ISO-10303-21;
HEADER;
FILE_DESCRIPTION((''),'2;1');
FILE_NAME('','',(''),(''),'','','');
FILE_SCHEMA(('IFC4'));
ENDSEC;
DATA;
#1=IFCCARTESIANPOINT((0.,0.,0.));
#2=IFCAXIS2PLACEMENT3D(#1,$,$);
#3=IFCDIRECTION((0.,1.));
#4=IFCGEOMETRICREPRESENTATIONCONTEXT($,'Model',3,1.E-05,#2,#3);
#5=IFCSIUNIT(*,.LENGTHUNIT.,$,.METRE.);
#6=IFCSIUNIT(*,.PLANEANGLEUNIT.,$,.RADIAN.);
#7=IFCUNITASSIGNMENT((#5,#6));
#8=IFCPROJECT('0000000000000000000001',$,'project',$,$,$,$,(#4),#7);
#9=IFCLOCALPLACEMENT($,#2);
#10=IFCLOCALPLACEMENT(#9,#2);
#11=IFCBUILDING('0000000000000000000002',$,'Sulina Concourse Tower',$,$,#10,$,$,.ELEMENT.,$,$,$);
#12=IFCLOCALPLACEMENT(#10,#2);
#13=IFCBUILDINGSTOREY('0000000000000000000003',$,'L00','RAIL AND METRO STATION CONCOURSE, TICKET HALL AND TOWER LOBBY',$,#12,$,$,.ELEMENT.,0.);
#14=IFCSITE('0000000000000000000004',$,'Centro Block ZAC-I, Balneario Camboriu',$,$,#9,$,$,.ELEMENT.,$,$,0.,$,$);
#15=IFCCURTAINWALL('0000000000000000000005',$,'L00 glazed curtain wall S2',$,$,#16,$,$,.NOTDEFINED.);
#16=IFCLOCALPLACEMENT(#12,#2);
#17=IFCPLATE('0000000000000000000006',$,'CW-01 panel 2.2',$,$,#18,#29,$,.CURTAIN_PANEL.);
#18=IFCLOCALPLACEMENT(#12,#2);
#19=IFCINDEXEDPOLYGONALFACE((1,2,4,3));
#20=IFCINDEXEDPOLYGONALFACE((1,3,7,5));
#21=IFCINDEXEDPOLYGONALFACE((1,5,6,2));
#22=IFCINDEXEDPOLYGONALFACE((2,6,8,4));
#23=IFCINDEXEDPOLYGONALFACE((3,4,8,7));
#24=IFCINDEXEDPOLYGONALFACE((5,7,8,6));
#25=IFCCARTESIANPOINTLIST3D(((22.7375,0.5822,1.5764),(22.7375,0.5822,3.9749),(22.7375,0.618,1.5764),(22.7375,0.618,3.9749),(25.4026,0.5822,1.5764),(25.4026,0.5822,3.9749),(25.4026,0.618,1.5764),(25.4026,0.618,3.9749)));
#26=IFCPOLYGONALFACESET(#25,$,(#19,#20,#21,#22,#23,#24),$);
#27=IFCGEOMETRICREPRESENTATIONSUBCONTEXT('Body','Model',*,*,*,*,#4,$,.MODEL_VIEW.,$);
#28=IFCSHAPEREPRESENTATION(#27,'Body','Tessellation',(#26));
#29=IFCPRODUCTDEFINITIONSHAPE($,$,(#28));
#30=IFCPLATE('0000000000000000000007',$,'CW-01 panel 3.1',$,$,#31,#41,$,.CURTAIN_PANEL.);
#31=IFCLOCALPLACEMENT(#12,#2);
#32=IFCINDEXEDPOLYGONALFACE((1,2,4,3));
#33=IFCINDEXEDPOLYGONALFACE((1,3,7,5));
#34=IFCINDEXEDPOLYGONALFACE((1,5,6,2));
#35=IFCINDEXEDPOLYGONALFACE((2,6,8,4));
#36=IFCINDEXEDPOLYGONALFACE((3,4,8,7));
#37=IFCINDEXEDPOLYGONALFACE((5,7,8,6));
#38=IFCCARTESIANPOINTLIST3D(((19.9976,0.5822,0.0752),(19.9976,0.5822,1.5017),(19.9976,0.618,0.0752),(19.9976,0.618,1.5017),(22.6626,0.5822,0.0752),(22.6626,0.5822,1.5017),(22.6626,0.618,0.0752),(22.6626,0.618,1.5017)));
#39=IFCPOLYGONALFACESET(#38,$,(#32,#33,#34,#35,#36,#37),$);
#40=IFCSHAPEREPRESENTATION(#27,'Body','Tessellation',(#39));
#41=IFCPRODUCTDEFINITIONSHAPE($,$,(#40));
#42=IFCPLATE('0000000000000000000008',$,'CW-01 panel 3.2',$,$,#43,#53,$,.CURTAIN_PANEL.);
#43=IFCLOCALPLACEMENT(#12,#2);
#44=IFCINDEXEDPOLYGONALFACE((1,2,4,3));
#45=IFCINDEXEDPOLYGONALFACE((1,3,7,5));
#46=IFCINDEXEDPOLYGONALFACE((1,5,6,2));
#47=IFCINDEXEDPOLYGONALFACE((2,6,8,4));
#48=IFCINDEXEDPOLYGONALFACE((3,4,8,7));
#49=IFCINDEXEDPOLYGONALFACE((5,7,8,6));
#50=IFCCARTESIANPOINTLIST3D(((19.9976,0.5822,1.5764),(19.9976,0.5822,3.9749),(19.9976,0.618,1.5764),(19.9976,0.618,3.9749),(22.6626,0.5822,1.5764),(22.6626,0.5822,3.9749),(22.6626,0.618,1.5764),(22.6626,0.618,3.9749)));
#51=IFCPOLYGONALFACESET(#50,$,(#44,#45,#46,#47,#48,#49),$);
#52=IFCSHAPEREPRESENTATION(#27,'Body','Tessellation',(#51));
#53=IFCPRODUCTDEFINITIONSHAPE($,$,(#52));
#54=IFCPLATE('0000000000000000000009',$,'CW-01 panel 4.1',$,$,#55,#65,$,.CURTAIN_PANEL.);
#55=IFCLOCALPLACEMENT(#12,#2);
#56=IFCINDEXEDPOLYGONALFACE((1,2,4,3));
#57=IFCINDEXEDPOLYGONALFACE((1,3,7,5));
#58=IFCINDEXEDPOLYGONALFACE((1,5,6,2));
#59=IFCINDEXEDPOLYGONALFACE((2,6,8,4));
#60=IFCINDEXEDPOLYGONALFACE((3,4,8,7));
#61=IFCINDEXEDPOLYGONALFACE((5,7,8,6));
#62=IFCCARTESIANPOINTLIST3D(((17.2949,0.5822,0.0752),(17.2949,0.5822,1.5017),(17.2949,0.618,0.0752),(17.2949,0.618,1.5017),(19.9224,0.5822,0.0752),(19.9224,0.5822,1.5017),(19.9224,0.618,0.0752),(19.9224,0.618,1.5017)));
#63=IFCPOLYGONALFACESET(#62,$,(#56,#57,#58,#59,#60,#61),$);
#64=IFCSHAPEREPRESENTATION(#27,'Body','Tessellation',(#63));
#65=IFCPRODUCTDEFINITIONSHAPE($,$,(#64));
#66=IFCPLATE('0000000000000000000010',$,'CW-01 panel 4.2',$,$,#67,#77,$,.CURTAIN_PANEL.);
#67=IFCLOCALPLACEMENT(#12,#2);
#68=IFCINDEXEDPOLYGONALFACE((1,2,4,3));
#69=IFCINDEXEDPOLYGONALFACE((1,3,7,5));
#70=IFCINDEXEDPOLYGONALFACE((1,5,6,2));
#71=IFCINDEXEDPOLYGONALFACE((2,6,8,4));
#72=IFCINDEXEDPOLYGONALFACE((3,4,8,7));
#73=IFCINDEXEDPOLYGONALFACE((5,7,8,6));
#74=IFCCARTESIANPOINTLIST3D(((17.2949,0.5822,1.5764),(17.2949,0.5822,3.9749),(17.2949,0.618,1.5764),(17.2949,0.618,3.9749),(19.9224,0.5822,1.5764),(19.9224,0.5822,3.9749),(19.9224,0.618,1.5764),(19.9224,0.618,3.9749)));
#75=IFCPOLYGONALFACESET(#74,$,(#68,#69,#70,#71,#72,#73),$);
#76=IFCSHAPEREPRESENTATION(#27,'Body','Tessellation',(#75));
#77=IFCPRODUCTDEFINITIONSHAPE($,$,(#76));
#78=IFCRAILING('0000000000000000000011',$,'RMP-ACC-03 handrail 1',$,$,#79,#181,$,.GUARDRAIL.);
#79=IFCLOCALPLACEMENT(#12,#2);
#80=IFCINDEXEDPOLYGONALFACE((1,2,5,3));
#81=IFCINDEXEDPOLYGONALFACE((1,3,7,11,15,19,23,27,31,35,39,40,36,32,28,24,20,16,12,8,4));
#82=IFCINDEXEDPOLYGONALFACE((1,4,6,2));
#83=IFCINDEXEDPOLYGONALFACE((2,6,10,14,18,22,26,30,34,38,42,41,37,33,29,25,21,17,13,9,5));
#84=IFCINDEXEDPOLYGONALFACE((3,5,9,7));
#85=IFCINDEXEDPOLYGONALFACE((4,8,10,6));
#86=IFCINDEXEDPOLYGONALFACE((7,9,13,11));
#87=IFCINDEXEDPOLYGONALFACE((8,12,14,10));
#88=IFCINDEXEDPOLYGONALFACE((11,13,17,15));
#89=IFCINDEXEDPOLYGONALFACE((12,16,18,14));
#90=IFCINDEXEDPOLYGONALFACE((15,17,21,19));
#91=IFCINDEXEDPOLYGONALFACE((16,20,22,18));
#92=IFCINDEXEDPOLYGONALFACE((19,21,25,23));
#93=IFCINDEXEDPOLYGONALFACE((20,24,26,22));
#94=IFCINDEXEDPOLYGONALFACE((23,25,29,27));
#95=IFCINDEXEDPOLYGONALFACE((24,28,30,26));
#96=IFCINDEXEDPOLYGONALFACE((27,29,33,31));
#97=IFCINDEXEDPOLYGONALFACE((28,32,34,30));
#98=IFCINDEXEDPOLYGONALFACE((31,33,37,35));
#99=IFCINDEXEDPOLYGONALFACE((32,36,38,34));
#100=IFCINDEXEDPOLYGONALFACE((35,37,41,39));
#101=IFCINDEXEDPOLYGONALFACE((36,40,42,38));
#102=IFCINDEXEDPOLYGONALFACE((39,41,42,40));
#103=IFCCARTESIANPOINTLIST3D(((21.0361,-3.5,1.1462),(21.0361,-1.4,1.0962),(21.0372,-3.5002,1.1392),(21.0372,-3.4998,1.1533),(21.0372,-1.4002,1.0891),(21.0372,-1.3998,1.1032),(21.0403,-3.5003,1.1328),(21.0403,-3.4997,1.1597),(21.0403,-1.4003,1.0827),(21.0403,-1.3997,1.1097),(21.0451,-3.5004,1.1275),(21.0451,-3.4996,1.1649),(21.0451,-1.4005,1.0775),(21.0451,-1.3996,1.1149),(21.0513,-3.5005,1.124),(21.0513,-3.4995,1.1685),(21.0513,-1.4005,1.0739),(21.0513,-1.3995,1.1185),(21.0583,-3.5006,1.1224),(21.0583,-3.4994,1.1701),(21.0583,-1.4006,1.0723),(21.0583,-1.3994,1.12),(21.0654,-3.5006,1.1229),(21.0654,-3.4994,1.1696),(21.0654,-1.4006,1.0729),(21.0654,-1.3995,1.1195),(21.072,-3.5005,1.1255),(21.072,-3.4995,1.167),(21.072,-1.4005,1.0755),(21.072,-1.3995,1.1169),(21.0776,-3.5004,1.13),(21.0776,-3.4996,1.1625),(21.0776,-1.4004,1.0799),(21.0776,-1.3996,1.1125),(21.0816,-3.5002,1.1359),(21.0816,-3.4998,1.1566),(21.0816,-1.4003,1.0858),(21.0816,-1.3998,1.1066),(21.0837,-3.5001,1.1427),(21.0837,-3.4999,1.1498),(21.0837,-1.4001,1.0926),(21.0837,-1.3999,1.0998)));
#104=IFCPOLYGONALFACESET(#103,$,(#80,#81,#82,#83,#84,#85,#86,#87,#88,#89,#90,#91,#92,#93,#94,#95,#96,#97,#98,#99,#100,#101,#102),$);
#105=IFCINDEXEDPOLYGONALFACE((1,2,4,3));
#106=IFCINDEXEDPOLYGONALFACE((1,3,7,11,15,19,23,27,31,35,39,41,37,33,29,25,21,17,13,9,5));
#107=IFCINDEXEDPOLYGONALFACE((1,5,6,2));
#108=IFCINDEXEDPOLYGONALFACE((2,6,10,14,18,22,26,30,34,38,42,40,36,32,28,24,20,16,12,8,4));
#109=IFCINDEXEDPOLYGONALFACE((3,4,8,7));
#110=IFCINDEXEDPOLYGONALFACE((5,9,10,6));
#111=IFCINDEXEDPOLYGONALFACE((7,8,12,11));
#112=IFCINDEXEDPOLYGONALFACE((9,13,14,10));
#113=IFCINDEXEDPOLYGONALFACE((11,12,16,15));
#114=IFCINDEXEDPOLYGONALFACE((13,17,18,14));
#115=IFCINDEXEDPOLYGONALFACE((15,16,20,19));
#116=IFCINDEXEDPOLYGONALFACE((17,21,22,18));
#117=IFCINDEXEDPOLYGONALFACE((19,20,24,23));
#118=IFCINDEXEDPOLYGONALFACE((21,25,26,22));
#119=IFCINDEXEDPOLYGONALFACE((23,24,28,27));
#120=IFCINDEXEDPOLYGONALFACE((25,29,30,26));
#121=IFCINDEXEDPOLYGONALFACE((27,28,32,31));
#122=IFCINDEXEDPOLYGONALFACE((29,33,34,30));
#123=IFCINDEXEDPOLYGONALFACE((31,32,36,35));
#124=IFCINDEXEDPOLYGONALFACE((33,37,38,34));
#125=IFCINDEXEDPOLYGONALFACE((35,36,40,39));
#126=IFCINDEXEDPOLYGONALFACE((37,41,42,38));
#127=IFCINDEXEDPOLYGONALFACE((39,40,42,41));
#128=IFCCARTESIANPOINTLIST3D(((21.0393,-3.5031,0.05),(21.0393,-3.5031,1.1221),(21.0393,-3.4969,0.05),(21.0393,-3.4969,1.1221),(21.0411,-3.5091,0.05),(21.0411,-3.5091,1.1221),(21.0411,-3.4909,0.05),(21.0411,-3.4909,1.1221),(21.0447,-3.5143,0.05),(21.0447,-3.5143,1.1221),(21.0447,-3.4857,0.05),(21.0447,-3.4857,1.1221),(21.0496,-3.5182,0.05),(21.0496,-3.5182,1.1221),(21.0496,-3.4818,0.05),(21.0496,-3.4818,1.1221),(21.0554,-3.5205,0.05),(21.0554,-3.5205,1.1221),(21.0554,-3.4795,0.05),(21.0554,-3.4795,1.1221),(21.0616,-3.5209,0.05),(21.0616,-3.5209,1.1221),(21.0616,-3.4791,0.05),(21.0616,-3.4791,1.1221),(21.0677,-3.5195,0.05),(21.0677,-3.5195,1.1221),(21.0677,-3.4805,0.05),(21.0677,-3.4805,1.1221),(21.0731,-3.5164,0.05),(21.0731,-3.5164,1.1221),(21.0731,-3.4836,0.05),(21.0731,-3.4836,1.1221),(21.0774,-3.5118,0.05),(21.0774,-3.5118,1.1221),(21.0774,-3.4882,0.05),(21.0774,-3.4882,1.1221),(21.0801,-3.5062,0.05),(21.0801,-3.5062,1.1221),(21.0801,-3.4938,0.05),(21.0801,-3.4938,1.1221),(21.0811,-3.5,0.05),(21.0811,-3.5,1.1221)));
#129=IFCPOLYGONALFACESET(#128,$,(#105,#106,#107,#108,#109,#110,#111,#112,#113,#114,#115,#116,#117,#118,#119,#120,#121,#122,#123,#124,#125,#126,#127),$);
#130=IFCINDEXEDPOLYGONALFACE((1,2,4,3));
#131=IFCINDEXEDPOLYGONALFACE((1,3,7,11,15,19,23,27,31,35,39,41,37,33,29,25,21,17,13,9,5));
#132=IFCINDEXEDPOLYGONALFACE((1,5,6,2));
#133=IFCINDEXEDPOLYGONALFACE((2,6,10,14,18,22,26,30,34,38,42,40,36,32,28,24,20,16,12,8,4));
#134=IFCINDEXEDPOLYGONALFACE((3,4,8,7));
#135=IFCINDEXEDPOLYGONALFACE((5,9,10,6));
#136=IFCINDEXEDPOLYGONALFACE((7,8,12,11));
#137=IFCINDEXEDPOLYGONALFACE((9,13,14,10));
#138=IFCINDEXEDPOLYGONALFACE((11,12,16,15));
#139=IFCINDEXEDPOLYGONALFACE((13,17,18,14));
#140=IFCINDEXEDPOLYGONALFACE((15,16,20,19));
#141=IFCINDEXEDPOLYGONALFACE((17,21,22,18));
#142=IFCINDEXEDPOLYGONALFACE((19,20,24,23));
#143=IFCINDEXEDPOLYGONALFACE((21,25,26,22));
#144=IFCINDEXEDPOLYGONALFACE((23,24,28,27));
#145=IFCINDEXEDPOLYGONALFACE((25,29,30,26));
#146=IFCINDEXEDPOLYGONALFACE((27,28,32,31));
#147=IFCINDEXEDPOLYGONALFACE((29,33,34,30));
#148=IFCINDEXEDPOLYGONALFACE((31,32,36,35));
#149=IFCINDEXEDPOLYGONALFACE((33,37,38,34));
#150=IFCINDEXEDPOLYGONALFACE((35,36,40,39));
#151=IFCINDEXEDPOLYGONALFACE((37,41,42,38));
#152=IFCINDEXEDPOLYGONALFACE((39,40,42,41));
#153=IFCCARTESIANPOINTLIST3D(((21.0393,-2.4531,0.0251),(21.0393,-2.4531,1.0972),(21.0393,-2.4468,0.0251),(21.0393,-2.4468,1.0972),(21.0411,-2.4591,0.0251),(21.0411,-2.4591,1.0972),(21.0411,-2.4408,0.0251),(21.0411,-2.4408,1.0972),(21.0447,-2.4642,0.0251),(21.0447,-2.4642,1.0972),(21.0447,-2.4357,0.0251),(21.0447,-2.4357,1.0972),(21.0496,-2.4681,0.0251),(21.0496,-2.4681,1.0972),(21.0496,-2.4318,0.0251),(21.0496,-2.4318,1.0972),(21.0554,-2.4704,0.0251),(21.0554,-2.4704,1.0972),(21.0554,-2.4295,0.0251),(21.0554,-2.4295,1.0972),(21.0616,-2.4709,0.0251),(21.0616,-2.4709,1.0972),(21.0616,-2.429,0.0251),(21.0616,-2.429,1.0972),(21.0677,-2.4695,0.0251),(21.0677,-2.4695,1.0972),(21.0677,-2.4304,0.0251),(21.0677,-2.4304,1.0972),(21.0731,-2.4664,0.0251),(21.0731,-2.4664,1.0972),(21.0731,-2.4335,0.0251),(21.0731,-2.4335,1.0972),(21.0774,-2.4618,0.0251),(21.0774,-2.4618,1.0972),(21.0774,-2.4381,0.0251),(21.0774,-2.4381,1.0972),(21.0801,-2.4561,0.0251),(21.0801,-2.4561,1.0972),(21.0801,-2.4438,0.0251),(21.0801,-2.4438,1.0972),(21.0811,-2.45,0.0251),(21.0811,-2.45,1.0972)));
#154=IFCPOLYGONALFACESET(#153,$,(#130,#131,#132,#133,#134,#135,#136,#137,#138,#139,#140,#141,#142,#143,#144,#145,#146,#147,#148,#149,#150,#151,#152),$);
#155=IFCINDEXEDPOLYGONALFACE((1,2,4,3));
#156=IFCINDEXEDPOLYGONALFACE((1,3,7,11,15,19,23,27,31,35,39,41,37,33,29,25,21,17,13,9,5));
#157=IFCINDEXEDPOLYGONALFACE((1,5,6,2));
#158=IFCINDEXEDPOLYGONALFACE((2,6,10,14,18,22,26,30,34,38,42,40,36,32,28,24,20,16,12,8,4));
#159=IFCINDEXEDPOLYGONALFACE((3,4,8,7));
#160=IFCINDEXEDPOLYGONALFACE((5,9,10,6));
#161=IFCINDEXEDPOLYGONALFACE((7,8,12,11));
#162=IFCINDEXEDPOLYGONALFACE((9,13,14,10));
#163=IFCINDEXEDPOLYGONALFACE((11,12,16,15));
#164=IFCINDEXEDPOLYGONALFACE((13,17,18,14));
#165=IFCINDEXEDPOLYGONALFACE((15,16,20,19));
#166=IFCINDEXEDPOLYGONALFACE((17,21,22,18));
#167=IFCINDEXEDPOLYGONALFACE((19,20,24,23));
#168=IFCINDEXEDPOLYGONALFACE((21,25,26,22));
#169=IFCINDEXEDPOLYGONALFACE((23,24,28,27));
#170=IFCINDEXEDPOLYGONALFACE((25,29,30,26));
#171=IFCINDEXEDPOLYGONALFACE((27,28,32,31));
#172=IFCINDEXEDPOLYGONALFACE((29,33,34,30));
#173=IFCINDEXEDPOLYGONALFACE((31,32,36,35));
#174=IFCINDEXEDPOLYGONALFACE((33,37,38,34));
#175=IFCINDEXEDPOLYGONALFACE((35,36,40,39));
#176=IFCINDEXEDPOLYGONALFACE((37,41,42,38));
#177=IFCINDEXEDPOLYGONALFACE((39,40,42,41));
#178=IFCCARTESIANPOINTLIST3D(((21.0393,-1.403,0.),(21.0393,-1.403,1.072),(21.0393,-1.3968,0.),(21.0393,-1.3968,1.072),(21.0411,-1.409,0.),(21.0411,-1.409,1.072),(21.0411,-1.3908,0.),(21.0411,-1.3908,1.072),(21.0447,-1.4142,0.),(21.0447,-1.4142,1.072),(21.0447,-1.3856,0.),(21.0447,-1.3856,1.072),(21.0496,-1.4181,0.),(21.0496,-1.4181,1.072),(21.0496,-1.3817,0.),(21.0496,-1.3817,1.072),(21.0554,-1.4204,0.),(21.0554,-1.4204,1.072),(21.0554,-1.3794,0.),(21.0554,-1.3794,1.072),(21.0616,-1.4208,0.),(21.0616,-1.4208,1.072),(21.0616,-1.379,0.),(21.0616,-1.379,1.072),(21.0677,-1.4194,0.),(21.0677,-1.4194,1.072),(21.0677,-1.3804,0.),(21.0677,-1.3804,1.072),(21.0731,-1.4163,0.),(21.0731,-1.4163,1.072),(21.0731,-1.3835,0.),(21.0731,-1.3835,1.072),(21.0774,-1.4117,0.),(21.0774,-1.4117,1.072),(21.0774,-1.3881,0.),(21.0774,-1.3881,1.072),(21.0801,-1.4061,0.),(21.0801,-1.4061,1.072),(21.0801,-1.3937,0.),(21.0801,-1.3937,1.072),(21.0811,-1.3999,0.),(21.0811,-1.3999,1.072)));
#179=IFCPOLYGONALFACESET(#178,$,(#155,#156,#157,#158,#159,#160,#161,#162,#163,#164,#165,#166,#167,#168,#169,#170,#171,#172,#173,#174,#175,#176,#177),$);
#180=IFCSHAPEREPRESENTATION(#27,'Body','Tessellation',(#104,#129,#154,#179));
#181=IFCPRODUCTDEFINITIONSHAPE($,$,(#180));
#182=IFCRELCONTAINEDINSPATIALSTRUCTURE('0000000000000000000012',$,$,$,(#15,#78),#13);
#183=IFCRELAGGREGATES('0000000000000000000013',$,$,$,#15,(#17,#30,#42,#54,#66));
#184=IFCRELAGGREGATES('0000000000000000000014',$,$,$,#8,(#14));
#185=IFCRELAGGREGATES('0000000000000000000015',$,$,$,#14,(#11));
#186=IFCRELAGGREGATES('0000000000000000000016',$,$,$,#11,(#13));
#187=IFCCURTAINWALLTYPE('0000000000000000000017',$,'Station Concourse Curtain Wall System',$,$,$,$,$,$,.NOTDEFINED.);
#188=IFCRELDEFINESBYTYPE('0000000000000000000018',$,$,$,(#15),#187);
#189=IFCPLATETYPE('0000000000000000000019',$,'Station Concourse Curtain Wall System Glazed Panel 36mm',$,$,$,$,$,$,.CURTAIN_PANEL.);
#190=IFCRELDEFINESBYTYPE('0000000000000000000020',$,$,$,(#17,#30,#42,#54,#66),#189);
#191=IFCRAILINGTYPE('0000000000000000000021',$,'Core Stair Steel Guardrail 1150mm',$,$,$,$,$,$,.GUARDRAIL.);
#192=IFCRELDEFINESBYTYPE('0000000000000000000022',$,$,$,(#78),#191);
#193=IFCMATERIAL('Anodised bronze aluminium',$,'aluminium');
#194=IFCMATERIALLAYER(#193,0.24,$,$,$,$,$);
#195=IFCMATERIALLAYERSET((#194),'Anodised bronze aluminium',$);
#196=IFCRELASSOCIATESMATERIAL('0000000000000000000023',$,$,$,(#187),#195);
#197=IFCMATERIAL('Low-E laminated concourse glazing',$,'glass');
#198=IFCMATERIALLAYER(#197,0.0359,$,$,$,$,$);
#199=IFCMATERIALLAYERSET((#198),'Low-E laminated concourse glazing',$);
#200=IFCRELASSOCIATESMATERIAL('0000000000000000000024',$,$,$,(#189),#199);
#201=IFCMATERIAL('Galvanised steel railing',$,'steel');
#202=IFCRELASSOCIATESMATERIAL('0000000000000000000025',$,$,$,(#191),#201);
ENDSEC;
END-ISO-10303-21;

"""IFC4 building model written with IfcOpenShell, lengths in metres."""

from ifc_helpers import new_model, si_unit, direction, frame, origin, origin_2d, place, context, subcontext, project, spatial, rectangle, circle, extrude, material, layer, layer_set, type_object, element, aggregate, save


model = new_model("IFC4")

# Units and contexts
model_context = context("Model", 3, precision=1e-05, world=origin(), true_north=direction((0.0, 1.0)))
body_context = subcontext(model_context, "Body", "Model", "MODEL_VIEW")
ifc_project = project(units=[si_unit("LENGTHUNIT", "METRE"), si_unit("PLANEANGLEUNIT", "RADIAN")], contexts=[model_context])

# Site, building, storey
site_placement = place(None, origin())
site = spatial("IfcSite", under=ifc_project, at=site_placement, Name="Centro Block ZAC-I, Balneario Camboriu", CompositionType="ELEMENT", RefElevation=0.0)
building_placement = place(site_placement, origin())
building = spatial("IfcBuilding", under=site, at=building_placement, Name="Sulina Concourse Tower", CompositionType="ELEMENT")
storey_placement = place(building_placement, origin())
storey = spatial("IfcBuildingStorey", under=building, at=storey_placement, Name="L00", Description="RAIL AND METRO STATION CONCOURSE, TICKET HALL AND TOWER LOBBY", CompositionType="ELEMENT", Elevation=0.0)

# Curtain wall, plates
ifc_material_1 = material(Name="Anodised bronze aluminium", Category="aluminium")
ifc_layer_1 = layer(ifc_material_1, 0.24)
ifc_layer_set_1 = layer_set([ifc_layer_1], Name="Anodised bronze aluminium")
curtain_wall_type = type_object("IfcCurtainWallType", Name="Station Concourse Curtain Wall System", PredefinedType="NOTDEFINED", material=ifc_layer_set_1)
curtain_wall_placement = place(storey_placement, origin())
curtain_wall = element("IfcCurtainWall", 1, at=curtain_wall_placement, inside=storey, type_object=curtain_wall_type, Name="L00 glazed curtain wall S2", PredefinedType="NOTDEFINED")
ifc_material_2 = material(Name="Low-E laminated concourse glazing", Category="glass")
ifc_layer_2 = layer(ifc_material_2, 0.0359)
ifc_layer_set_2 = layer_set([ifc_layer_2], Name="Low-E laminated concourse glazing")
plate_type = type_object("IfcPlateType", Name="Station Concourse Curtain Wall System Glazed Panel 36mm", PredefinedType="CURTAIN_PANEL", material=ifc_layer_set_2)
plate_1_placement = place(storey_placement, frame((24.0701, 0.6001, 1.5764), z_axis=(0.0, 0.0, 1.0), x_axis=(-1.0, 0.0, 0.0)))
plate_1 = element("IfcPlate", 2, at=plate_1_placement, type_object=plate_type, Name="CW-01 panel 2.2", PredefinedType="CURTAIN_PANEL", context=body_context, shape_type="SweptSolid", body=[
    extrude(rectangle(XDim=2.665, YDim=0.0359, at=origin_2d()), origin(), (0.0, 0.0, 1.0), 2.3984),
])
plate_2_placement = place(storey_placement, frame((21.3301, 0.6001, 0.0752), z_axis=(0.0, 0.0, 1.0), x_axis=(-1.0, 0.0, 0.0)))
plate_2 = element("IfcPlate", 3, at=plate_2_placement, type_object=plate_type, Name="CW-01 panel 3.1", PredefinedType="CURTAIN_PANEL", context=body_context, shape_type="SweptSolid", body=[
    extrude(rectangle(XDim=2.665, YDim=0.0359, at=origin_2d()), origin(), (0.0, 0.0, 1.0), 1.4265),
])
plate_3_placement = place(storey_placement, frame((21.3301, 0.6001, 1.5764), z_axis=(0.0, 0.0, 1.0), x_axis=(-1.0, 0.0, 0.0)))
plate_3 = element("IfcPlate", 4, at=plate_3_placement, type_object=plate_type, Name="CW-01 panel 3.2", PredefinedType="CURTAIN_PANEL", context=body_context, shape_type="SweptSolid", body=[
    extrude(rectangle(XDim=2.665, YDim=0.0359, at=origin_2d()), origin(), (0.0, 0.0, 1.0), 2.3984),
])
plate_4_placement = place(storey_placement, frame((18.6086, 0.6001, 0.0752), z_axis=(0.0, 0.0, 1.0), x_axis=(-1.0, 0.0, 0.0)))
plate_4 = element("IfcPlate", 5, at=plate_4_placement, type_object=plate_type, Name="CW-01 panel 4.1", PredefinedType="CURTAIN_PANEL", context=body_context, shape_type="SweptSolid", body=[
    extrude(rectangle(XDim=2.6274, YDim=0.0359, at=origin_2d()), origin(), (0.0, 0.0, 1.0), 1.4265),
])
plate_5_placement = place(storey_placement, frame((18.6086, 0.6001, 1.5764), z_axis=(0.0, 0.0, 1.0), x_axis=(-1.0, 0.0, 0.0)))
plate_5 = element("IfcPlate", 6, at=plate_5_placement, type_object=plate_type, Name="CW-01 panel 4.2", PredefinedType="CURTAIN_PANEL", context=body_context, shape_type="SweptSolid", body=[
    extrude(rectangle(XDim=2.6274, YDim=0.0359, at=origin_2d()), origin(), (0.0, 0.0, 1.0), 2.3984),
])
aggregate(curtain_wall, [plate_1, plate_2, plate_3, plate_4, plate_5])

# Railing
ifc_material_3 = material(Name="Galvanised steel railing", Category="steel")
railing_type = type_object("IfcRailingType", Name="Core Stair Steel Guardrail 1150mm", PredefinedType="GUARDRAIL", material=ifc_material_3)
for number, where, name in (
    (7, (21.0601, -3.5, 0.05), "RMP-ACC-03 handrail 1"),
):
    element("IfcRailing", number, at=place(storey_placement, frame(where)), inside=storey, type_object=railing_type, Name=name, PredefinedType="GUARDRAIL", context=body_context, shape_type="SweptSolid", body=[
        extrude(circle(Radius=0.0239, at=origin_2d()), frame((0.0, 0.0, 1.0962), z_axis=(0.0, 0.999716, -0.023825), x_axis=(-1.0, 0.0, 0.0)), (0.0, 0.0, 1.0), 2.1006),
        extrude(circle(Radius=0.021, at=origin_2d()), origin(), (0.0, 0.0, 1.0), 1.072),
        extrude(circle(Radius=0.021, at=origin_2d()), frame((0.0, 1.05, -0.0249)), (0.0, 0.0, 1.0), 1.072),
        extrude(circle(Radius=0.021, at=origin_2d()), frame((0.0, 2.1001, -0.05)), (0.0, 0.0, 1.0), 1.072),
    ])

save(model, "model.ifc")
